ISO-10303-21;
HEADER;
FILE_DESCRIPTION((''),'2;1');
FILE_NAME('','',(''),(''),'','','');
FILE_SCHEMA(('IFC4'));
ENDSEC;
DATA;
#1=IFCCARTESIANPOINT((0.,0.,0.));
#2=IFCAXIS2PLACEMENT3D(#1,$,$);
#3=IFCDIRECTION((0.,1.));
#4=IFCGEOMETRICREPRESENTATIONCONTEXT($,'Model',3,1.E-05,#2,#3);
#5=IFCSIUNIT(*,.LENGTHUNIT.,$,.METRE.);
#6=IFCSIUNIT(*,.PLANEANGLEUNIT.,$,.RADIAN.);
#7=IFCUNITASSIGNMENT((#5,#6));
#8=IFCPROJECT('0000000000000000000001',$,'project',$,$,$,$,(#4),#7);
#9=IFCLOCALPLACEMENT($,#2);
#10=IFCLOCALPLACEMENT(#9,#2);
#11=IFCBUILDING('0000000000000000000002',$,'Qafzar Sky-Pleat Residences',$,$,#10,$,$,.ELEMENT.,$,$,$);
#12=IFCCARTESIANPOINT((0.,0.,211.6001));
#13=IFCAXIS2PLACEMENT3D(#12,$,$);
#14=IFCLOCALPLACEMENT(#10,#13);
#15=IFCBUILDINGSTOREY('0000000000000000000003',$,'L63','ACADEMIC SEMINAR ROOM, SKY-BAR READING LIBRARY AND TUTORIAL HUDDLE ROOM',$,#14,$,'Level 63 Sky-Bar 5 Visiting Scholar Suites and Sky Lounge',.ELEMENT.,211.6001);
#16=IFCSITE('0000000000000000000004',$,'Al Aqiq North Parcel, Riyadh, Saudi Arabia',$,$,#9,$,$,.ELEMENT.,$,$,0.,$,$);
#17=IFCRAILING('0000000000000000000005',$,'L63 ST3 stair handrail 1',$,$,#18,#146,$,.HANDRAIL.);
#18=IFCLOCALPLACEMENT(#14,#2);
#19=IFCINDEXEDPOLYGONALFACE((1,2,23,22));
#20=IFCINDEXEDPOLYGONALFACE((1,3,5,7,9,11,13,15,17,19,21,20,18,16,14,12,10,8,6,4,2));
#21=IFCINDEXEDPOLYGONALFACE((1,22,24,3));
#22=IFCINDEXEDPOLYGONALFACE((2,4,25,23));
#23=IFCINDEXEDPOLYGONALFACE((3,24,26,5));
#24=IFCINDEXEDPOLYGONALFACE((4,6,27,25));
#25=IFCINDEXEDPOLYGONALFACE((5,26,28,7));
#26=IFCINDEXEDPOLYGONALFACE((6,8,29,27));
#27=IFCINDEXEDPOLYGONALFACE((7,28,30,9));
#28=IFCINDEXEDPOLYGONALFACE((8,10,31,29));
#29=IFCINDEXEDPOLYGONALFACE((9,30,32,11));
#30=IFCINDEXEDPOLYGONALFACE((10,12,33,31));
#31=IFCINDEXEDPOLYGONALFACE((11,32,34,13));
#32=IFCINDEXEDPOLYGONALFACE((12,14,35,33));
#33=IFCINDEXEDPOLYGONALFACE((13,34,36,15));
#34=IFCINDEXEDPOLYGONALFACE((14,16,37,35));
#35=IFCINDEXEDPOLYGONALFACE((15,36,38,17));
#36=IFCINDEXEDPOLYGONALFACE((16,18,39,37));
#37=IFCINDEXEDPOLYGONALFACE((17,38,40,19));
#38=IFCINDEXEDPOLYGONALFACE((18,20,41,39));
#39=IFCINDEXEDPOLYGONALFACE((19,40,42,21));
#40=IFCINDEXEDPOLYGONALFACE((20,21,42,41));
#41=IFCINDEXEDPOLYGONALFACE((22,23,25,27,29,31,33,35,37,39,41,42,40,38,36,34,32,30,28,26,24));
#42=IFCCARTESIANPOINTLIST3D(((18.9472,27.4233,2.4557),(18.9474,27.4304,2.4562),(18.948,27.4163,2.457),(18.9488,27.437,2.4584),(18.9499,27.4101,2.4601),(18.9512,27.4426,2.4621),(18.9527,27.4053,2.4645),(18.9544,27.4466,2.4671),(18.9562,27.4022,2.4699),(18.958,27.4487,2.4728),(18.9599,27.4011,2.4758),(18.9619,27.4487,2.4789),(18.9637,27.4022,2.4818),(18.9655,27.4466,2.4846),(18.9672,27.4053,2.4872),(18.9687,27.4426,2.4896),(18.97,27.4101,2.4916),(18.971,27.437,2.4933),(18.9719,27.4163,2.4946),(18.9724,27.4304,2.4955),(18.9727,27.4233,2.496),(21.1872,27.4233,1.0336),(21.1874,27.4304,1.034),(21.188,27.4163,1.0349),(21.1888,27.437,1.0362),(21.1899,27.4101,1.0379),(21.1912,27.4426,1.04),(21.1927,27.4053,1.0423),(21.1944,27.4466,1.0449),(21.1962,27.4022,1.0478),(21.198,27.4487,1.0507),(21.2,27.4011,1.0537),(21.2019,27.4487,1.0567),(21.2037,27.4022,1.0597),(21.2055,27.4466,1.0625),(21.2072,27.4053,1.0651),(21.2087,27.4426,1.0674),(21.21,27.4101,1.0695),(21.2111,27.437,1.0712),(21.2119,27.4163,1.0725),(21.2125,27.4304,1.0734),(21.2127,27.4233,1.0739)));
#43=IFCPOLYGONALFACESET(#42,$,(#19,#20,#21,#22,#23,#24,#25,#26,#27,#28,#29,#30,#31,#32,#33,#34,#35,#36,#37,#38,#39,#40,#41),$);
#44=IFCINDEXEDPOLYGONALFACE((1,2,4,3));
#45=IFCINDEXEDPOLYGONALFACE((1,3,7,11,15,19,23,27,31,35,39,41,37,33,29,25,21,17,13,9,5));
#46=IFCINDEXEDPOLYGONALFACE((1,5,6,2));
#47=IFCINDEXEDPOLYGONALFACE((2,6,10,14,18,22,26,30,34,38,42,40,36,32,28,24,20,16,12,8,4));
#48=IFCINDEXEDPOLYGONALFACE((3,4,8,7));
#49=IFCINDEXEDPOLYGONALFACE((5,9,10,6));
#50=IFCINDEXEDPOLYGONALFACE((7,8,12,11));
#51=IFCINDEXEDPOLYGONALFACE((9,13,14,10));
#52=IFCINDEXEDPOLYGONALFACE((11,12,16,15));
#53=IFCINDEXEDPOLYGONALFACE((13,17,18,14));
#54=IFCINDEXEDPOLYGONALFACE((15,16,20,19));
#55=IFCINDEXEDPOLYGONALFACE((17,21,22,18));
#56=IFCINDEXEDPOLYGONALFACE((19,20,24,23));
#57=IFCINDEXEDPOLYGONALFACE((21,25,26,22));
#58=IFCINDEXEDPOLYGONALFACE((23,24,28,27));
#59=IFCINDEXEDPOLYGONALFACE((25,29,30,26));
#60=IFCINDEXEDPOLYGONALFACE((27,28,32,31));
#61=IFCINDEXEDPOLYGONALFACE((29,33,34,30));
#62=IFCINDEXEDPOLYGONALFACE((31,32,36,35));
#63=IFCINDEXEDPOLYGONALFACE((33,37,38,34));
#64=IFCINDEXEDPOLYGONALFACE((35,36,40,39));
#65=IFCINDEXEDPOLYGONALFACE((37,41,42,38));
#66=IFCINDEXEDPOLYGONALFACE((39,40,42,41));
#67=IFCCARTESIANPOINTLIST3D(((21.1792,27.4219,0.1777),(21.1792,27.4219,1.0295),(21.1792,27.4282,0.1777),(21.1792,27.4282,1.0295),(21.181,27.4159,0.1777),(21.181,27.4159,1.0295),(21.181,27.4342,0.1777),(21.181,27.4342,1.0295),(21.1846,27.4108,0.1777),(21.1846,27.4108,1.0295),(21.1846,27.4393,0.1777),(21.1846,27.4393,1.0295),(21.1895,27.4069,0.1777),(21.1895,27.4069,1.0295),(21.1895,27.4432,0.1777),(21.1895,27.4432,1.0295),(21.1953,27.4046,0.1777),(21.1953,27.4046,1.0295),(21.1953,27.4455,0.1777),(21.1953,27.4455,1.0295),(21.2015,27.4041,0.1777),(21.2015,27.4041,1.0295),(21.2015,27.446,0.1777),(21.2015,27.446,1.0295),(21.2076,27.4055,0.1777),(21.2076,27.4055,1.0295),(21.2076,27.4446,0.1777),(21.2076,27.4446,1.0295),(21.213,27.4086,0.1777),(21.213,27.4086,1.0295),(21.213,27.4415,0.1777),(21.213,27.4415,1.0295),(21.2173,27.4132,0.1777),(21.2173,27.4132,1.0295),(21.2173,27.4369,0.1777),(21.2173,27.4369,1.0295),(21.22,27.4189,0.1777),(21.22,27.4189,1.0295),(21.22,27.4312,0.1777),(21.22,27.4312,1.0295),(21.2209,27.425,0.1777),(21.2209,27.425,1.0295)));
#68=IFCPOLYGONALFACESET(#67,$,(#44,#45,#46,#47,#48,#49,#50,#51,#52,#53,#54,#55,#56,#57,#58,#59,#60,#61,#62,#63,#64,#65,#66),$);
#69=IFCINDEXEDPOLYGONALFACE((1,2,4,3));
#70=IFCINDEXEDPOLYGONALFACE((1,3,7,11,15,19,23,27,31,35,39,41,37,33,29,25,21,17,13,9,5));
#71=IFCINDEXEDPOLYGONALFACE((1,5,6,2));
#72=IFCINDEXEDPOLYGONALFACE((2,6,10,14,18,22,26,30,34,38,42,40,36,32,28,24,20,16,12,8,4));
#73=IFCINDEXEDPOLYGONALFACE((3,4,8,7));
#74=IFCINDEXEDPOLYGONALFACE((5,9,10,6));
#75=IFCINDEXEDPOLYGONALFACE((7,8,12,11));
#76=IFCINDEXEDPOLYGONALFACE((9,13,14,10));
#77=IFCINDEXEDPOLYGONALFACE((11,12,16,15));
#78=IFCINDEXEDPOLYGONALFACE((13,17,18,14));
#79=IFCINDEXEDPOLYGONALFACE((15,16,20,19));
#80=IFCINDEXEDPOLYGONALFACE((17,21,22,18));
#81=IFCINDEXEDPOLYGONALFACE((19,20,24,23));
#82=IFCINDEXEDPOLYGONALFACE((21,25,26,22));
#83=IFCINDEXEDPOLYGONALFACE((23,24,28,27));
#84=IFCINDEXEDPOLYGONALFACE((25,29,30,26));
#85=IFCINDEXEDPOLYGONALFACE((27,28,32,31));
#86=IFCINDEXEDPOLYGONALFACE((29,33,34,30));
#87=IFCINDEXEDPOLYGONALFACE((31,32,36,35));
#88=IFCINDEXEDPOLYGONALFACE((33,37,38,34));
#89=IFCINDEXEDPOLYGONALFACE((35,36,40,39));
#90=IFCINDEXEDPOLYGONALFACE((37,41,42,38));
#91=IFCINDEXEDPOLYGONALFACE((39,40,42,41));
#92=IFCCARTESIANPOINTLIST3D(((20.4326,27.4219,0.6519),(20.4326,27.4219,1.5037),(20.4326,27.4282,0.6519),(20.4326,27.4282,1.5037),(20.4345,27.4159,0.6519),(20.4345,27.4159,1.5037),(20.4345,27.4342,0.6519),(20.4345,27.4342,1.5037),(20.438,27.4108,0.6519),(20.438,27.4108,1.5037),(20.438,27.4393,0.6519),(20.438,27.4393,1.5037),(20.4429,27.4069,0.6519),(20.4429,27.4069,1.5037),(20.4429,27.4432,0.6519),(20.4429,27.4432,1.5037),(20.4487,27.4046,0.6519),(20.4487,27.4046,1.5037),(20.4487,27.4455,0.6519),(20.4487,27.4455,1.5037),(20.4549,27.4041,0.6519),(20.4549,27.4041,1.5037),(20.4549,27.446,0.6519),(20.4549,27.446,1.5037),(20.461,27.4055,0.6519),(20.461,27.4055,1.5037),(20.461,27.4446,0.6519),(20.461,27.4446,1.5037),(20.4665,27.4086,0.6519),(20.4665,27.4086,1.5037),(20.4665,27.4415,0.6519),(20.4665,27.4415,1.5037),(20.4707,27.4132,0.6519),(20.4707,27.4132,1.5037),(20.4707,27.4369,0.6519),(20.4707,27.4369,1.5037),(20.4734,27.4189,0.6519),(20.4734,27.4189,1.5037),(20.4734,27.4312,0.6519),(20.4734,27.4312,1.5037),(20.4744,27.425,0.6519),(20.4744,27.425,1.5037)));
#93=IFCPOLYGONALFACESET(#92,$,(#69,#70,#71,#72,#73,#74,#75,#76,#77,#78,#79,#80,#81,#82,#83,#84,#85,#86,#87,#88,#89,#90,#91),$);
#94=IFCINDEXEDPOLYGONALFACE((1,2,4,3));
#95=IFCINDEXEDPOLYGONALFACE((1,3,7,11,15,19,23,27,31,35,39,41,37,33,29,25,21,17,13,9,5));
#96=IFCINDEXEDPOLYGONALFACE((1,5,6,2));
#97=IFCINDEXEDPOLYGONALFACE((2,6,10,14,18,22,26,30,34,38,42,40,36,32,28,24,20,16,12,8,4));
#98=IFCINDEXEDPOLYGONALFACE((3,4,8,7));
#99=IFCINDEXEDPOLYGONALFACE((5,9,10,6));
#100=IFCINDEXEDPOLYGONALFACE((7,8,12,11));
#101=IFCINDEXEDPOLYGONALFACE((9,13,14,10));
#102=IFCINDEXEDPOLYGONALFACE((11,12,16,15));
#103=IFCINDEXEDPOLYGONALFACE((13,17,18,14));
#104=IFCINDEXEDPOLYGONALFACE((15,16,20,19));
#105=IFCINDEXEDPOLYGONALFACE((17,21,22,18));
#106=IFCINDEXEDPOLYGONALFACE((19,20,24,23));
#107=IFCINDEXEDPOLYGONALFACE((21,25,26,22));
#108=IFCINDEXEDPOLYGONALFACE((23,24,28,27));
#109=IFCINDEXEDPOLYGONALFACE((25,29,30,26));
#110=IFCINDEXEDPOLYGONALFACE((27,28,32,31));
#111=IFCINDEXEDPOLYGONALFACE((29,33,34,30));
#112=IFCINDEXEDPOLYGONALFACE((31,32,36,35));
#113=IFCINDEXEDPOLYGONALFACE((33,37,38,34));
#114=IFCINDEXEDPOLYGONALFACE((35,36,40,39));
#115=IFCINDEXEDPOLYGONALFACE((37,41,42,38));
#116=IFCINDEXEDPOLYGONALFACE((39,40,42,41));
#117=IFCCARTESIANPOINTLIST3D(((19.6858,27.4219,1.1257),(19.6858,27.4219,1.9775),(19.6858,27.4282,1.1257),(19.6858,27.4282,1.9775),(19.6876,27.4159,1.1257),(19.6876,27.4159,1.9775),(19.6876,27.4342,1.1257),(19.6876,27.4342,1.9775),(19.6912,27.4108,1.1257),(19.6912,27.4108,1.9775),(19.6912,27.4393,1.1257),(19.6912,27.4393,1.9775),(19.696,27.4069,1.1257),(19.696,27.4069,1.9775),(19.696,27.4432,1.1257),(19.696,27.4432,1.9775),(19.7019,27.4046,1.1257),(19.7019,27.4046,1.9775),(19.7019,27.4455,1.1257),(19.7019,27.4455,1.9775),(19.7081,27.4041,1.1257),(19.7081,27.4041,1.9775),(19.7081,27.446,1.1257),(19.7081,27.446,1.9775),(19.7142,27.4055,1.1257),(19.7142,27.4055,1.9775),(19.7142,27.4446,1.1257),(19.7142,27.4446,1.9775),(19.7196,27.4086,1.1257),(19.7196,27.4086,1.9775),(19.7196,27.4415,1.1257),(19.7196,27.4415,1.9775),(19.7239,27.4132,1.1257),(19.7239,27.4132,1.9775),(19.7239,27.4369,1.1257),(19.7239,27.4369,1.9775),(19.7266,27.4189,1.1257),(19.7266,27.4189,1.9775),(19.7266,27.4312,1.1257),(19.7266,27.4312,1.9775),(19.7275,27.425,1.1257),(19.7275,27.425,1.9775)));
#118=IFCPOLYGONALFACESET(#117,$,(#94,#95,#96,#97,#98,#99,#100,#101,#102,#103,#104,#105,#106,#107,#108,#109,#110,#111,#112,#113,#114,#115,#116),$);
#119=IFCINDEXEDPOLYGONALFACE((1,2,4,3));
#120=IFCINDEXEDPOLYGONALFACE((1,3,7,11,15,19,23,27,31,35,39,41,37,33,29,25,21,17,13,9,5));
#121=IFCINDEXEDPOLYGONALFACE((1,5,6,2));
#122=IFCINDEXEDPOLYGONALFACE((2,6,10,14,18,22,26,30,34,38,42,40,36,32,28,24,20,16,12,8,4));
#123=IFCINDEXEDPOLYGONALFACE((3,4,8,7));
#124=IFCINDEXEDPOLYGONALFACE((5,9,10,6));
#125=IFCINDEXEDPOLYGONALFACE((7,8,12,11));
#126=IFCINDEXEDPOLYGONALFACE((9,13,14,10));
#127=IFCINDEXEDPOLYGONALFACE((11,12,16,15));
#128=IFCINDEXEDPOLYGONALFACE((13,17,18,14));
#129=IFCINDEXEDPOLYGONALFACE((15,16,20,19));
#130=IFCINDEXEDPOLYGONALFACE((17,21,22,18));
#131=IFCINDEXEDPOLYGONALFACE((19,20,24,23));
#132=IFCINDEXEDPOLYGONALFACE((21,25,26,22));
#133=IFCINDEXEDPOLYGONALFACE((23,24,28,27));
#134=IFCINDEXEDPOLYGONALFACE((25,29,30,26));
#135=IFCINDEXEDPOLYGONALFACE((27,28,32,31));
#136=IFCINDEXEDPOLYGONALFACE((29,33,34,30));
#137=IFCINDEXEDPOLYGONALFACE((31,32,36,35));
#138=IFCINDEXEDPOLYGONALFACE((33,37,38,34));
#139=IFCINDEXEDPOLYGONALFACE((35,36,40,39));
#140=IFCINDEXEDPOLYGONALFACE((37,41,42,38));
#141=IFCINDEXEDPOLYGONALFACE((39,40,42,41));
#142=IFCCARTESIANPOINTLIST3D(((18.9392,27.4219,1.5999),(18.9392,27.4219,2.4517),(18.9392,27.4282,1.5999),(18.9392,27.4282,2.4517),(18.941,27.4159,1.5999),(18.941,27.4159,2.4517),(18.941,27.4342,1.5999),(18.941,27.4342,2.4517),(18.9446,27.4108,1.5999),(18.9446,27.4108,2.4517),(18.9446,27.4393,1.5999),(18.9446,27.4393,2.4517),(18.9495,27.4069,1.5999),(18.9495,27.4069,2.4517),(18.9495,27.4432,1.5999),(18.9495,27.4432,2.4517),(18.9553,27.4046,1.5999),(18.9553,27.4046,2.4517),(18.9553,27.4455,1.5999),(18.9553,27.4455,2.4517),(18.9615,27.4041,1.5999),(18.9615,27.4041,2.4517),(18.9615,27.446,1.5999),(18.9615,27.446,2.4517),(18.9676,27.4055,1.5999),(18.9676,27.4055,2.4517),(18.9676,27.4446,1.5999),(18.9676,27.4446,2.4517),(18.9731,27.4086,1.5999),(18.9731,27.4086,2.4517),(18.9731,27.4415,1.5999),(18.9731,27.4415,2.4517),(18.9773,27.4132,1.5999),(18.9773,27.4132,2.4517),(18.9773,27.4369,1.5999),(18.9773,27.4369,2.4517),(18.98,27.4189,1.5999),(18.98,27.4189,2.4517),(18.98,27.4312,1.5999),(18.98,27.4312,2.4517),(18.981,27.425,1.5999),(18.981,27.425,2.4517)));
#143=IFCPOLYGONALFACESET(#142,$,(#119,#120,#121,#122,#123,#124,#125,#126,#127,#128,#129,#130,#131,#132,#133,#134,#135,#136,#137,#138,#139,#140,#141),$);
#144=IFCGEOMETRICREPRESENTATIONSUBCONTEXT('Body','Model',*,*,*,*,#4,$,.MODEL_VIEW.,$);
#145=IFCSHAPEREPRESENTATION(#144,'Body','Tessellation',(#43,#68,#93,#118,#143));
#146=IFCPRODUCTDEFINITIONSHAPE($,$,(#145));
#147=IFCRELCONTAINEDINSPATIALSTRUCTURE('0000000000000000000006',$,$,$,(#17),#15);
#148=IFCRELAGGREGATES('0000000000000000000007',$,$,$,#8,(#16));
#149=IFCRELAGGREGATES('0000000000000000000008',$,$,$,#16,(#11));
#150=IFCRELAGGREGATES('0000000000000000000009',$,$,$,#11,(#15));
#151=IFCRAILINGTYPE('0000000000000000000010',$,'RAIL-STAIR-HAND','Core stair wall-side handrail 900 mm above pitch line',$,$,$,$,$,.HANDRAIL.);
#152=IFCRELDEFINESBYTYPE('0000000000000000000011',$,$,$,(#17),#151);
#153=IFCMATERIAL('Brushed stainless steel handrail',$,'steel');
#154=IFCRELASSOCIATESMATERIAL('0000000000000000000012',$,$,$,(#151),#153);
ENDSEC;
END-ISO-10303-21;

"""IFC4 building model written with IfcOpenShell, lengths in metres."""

from ifc_helpers import new_model, si_unit, direction, frame, origin, origin_2d, place, context, subcontext, project, spatial, circle, extrude, source, transform, mapped, material, type_object, element, save


model = new_model("IFC4")

# Units and contexts
model_context = context("Model", 3, precision=1e-05, world=origin(), true_north=direction((0.0, 1.0)))
body_context = subcontext(model_context, "Body", "Model", "MODEL_VIEW")
ifc_project = project(units=[si_unit("LENGTHUNIT", "METRE"), si_unit("PLANEANGLEUNIT", "RADIAN")], contexts=[model_context])

# Site, building, storey
site_placement = place(None, origin())
site = spatial("IfcSite", under=ifc_project, at=site_placement, Name="Al Aqiq North Parcel, Riyadh, Saudi Arabia", CompositionType="ELEMENT", RefElevation=0.0)
building_placement = place(site_placement, origin())
building = spatial("IfcBuilding", under=site, at=building_placement, Name="Qafzar Sky-Pleat Residences", CompositionType="ELEMENT")
storey_placement = place(building_placement, frame((0.0, 0.0, 211.6001)))
storey = spatial("IfcBuildingStorey", under=building, at=storey_placement, Name="L63", Description="ACADEMIC SEMINAR ROOM, SKY-BAR READING LIBRARY AND TUTORIAL HUDDLE ROOM", LongName="Level 63 Sky-Bar 5 Visiting Scholar Suites and Sky Lounge", CompositionType="ELEMENT", Elevation=211.6001)

# Railing
ifc_material_1 = material(Name="Brushed stainless steel handrail", Category="steel")
railing_type_1 = type_object("IfcRailingType", Name="RAIL-STAIR-HAND", Description="Core stair wall-side handrail 900 mm above pitch line", PredefinedType="HANDRAIL", material=ifc_material_1)
shared_shape_1 = source(origin(), body_context, "Body", "SweptSolid", [
    extrude(circle(Radius=0.0239, at=origin_2d()), frame((0.0, 0.0, 0.876), z_axis=(-0.844229, 0.0, 0.535982), x_axis=(0.0, -1.0, 0.0)), (0.0, 0.0, 1.0), 2.6533),
    extrude(circle(Radius=0.021, at=origin_2d()), origin(), (0.0, 0.0, 1.0), 0.8518),
    extrude(circle(Radius=0.021, at=origin_2d()), frame((-0.7466, 0.0, 0.4741)), (0.0, 0.0, 1.0), 0.8518),
    extrude(circle(Radius=0.021, at=origin_2d()), frame((-1.4934, 0.0, 0.948)), (0.0, 0.0, 1.0), 0.8518),
    extrude(circle(Radius=0.021, at=origin_2d()), frame((-2.24, 0.0, 1.4221)), (0.0, 0.0, 1.0), 0.8518),
])
railing_1_placement = place(storey_placement, frame((21.2, 27.425, 0.1777)))
element("IfcRailing", 1, at=railing_1_placement, inside=storey, type_object=railing_type_1, Name="L63 ST3 stair handrail 1", PredefinedType="HANDRAIL", context=body_context, shape_type="MappedRepresentation", body=[
    mapped(shared_shape_1, transform((0.0, 0.0, 0.0), x_axis=(1.0, 0.0, 0.0), y_axis=(0.0, 1.0, 0.0), z_axis=(0.0, 0.0, 1.0), scale=1.0)),
])

save(model, "model.ifc")
